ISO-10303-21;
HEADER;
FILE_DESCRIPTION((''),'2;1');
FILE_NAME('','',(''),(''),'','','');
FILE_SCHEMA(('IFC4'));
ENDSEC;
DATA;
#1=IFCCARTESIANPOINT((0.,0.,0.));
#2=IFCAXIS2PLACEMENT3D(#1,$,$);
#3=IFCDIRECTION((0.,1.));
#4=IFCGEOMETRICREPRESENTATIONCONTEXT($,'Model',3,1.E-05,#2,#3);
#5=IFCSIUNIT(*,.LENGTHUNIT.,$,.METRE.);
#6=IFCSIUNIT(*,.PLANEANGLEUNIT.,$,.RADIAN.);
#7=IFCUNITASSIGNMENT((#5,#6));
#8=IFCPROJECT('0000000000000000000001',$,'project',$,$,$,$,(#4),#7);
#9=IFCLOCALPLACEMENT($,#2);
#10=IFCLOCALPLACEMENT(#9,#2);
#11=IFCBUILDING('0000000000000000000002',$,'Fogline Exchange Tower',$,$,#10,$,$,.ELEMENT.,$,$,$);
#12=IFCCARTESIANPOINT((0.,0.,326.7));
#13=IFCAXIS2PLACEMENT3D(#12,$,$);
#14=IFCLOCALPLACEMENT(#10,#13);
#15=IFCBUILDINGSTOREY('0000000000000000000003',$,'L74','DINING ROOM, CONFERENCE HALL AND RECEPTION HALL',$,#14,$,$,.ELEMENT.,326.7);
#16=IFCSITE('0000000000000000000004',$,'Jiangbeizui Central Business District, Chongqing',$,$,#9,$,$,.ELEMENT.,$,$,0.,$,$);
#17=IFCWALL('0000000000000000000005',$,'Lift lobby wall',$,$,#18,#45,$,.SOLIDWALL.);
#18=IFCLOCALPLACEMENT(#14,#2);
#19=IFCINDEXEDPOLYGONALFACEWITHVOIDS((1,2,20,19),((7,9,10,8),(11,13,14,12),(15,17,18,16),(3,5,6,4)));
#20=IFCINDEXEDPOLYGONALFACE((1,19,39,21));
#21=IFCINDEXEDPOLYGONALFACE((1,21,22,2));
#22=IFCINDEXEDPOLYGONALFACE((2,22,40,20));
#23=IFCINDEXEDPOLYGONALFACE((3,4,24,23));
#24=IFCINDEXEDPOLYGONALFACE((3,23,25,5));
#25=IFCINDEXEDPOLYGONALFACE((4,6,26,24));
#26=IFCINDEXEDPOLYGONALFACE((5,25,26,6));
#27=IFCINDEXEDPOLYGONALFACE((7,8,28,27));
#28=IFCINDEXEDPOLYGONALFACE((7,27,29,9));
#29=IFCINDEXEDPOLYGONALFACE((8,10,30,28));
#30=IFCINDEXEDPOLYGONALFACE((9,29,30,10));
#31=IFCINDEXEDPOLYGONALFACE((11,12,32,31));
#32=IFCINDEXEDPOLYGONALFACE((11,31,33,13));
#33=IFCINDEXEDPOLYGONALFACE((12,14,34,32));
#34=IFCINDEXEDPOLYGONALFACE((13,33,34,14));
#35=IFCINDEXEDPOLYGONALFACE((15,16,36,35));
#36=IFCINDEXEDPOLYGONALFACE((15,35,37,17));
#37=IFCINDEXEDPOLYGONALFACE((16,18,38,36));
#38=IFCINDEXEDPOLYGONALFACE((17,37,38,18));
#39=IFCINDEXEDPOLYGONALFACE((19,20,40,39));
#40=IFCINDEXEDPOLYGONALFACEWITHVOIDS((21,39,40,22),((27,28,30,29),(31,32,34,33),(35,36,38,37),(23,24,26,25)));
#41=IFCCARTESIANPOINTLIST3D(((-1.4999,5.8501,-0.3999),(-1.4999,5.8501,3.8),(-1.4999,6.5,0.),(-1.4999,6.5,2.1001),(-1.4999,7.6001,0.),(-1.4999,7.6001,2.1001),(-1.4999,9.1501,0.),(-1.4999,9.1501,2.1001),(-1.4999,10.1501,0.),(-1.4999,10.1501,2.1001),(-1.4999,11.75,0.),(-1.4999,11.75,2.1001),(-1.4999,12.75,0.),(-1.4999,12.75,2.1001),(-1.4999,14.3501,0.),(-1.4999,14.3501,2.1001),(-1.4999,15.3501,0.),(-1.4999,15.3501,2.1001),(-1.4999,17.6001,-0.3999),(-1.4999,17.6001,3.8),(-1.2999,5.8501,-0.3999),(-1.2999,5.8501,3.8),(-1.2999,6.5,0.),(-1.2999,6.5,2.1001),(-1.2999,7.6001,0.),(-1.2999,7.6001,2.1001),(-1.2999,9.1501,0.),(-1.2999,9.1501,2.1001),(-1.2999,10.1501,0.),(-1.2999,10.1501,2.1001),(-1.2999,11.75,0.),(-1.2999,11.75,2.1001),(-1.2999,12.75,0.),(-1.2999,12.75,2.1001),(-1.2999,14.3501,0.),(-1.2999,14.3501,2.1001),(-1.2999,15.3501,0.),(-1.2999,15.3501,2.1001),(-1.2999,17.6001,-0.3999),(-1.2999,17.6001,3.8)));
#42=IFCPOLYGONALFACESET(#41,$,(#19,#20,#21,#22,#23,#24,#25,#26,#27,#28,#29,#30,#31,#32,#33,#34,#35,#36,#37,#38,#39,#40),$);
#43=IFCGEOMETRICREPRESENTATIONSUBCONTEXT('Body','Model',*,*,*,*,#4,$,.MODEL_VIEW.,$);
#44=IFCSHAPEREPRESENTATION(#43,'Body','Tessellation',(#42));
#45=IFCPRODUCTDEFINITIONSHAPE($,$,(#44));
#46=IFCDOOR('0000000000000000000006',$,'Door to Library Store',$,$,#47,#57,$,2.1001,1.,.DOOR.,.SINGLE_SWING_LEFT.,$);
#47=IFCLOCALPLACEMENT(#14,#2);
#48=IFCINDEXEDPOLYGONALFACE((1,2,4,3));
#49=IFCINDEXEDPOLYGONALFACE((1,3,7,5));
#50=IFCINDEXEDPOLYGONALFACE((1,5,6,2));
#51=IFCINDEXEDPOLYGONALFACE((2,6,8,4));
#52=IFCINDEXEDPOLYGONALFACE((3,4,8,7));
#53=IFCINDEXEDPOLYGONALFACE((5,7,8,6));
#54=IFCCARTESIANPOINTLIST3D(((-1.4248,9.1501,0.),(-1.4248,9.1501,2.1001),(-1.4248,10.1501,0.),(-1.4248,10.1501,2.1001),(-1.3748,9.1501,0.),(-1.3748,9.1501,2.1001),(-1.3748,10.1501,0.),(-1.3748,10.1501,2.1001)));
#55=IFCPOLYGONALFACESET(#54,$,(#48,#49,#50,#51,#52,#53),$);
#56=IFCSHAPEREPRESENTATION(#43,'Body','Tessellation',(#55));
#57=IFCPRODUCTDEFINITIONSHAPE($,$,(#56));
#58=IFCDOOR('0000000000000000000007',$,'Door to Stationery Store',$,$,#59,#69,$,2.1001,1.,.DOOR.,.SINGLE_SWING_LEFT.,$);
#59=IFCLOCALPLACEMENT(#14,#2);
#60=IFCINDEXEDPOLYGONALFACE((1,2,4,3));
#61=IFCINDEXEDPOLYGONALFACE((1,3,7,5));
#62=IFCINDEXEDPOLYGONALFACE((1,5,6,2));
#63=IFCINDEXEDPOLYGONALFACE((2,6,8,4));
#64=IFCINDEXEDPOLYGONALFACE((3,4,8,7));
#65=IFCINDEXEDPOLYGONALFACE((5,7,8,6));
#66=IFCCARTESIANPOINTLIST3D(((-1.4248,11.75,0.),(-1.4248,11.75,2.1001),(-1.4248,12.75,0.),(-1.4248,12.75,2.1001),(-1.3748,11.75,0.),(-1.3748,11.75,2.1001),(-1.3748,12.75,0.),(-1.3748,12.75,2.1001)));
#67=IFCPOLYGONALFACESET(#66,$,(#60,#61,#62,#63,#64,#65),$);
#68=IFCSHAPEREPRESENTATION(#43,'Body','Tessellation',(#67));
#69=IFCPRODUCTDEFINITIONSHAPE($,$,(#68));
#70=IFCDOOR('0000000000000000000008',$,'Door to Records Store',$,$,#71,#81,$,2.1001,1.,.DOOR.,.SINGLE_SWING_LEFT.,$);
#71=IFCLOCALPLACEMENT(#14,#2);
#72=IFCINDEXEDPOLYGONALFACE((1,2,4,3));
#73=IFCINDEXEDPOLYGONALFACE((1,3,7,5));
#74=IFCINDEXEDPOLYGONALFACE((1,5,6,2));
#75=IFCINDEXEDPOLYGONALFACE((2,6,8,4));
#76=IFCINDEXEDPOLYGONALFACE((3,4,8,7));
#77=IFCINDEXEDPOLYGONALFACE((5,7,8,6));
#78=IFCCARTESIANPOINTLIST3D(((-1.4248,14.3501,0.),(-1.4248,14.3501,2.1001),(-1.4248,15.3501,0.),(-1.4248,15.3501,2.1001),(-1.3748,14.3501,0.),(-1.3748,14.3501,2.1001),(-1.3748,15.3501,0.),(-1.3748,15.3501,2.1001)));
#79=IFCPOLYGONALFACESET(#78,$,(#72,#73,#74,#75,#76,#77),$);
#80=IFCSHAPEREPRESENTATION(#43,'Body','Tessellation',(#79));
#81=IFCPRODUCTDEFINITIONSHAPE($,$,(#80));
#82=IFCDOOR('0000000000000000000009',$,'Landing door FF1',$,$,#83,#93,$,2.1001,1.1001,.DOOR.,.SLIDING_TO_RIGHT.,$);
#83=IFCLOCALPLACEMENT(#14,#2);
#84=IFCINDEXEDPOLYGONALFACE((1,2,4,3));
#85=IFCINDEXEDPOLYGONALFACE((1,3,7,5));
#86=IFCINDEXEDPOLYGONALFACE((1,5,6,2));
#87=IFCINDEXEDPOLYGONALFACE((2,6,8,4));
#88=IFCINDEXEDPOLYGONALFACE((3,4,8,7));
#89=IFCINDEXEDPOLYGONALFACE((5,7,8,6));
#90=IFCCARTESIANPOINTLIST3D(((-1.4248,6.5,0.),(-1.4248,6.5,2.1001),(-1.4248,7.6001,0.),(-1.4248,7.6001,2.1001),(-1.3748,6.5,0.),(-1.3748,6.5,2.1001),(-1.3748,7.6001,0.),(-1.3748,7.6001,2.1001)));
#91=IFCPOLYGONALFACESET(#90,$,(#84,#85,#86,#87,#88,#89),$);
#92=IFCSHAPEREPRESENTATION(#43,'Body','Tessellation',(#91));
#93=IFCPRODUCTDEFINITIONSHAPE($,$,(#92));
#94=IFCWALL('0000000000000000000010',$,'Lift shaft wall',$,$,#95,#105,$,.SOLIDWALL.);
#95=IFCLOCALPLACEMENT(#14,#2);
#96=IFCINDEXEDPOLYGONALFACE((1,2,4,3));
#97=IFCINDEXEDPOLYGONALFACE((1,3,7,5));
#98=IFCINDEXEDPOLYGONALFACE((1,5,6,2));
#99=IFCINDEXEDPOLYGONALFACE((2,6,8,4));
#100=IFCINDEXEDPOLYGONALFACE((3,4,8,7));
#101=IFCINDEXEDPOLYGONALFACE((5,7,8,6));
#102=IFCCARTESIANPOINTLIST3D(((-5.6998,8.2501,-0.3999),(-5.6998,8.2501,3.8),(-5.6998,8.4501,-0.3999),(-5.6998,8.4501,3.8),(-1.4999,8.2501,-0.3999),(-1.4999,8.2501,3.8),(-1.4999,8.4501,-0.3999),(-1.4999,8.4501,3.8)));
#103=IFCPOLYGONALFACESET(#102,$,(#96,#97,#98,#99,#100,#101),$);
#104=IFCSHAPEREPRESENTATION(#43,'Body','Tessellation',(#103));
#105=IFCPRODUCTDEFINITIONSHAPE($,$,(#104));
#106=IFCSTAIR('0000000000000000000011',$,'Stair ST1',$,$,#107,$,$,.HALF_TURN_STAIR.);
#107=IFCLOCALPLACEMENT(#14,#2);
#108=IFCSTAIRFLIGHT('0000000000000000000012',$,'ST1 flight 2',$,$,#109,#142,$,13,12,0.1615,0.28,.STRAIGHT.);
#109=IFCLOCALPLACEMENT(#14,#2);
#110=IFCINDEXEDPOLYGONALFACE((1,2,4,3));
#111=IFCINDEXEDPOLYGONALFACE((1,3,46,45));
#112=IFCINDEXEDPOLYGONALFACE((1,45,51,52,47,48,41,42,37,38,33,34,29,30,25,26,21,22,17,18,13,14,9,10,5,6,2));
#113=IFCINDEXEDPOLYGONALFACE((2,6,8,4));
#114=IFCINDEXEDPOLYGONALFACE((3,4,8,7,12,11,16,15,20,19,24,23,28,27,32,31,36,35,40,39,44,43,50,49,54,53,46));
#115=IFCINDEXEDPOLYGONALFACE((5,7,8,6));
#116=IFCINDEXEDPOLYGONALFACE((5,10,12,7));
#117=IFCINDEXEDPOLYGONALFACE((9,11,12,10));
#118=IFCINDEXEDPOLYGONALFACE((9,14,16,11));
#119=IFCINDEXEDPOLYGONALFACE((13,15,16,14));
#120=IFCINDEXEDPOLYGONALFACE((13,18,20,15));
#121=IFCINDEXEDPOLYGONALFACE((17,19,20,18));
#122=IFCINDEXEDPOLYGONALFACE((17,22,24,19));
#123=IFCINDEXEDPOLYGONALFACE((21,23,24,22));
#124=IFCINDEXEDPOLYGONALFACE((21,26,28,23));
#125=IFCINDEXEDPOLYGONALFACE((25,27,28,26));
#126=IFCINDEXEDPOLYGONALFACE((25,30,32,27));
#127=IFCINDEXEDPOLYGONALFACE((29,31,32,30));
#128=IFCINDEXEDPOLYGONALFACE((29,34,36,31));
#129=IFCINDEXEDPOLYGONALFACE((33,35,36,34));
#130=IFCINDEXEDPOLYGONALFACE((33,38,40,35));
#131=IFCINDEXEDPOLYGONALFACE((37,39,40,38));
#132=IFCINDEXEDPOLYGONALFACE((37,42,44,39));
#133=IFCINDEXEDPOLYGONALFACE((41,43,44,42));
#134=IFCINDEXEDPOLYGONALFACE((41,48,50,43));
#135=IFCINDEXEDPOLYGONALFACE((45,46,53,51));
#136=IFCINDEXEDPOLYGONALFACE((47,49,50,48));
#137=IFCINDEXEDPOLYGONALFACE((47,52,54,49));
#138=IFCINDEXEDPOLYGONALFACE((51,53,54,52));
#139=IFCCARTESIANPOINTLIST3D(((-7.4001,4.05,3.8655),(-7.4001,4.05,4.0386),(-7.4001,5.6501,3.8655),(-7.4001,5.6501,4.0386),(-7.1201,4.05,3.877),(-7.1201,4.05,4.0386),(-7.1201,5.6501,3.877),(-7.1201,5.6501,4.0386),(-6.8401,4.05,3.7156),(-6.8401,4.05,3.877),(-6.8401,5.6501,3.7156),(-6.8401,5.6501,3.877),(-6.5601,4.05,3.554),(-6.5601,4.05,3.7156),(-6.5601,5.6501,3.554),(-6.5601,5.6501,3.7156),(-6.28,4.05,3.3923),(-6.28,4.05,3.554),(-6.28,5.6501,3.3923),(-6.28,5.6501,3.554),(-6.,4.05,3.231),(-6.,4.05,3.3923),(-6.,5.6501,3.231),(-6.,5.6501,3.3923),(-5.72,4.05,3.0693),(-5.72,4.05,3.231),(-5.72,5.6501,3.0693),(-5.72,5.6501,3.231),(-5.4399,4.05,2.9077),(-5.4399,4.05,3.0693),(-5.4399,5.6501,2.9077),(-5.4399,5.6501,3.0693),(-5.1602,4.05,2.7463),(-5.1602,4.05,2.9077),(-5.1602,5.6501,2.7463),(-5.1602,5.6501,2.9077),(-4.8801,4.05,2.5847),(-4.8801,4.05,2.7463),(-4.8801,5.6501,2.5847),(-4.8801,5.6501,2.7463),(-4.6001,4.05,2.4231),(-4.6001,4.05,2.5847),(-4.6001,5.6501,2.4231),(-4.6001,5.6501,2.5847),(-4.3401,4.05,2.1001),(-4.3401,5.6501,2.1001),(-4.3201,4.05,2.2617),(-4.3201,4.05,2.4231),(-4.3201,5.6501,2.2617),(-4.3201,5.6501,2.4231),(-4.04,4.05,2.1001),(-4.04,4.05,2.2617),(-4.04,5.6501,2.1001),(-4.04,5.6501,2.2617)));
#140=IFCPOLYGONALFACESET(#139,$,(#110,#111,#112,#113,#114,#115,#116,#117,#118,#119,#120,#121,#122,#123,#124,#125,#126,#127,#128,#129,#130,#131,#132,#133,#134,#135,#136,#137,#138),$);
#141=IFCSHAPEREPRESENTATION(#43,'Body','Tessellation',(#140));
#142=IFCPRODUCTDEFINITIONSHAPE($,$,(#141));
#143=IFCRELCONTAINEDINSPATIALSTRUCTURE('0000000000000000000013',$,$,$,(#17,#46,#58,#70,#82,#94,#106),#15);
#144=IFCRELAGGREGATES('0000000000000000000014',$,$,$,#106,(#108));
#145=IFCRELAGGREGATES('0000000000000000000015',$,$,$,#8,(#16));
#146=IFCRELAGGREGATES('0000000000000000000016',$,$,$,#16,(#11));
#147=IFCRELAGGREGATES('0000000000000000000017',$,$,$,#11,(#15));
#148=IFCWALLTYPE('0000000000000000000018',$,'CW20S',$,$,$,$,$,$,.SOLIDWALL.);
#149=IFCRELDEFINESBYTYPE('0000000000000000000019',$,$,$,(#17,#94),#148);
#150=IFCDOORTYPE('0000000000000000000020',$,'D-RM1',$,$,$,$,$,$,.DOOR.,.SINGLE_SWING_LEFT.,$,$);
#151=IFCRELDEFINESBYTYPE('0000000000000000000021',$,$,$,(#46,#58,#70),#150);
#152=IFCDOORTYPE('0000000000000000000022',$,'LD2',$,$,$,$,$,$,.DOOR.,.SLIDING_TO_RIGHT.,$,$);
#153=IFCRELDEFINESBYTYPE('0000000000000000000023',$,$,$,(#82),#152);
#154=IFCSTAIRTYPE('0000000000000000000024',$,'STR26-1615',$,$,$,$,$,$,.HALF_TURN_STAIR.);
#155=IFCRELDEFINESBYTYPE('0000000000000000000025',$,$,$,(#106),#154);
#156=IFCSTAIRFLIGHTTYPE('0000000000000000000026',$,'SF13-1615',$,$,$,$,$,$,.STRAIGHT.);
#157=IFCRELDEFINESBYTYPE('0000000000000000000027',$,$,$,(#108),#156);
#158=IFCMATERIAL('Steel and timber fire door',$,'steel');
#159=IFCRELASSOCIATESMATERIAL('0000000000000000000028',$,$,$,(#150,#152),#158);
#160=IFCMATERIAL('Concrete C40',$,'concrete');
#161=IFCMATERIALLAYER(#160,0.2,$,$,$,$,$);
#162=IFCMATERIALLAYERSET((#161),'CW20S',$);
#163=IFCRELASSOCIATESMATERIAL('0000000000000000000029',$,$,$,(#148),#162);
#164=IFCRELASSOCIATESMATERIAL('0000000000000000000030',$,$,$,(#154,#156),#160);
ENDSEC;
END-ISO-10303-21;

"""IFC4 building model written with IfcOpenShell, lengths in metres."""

from ifc_helpers import new_model, si_unit, direction, frame, frame_2d, origin, place, context, subcontext, project, spatial, polyline, rectangle, outline, extrude, material, layer, layer_set, type_object, element, fill, aggregate, save


model = new_model("IFC4")

# Units and contexts
model_context = context("Model", 3, precision=1e-05, world=origin(), true_north=direction((0.0, 1.0)))
body_context = subcontext(model_context, "Body", "Model", "MODEL_VIEW")
ifc_project = project(units=[si_unit("LENGTHUNIT", "METRE"), si_unit("PLANEANGLEUNIT", "RADIAN")], contexts=[model_context])

# Site, building, storey
site_placement = place(None, origin())
site = spatial("IfcSite", under=ifc_project, at=site_placement, Name="Jiangbeizui Central Business District, Chongqing", CompositionType="ELEMENT", RefElevation=0.0)
building_placement = place(site_placement, origin())
building = spatial("IfcBuilding", under=site, at=building_placement, Name="Fogline Exchange Tower", CompositionType="ELEMENT")
storey_placement = place(building_placement, frame((0.0, 0.0, 326.7)))
storey = spatial("IfcBuildingStorey", under=building, at=storey_placement, Name="L74", Description="DINING ROOM, CONFERENCE HALL AND RECEPTION HALL", CompositionType="ELEMENT", Elevation=326.7)

# Shared definitions
ifc_material_1 = material(Name="Steel and timber fire door", Category="steel")

# Shared definitions
ifc_material_2 = material(Name="Concrete C40", Category="concrete")

# Shared definitions
door_type_1 = type_object("IfcDoorType", Name="D-RM1", OperationType="SINGLE_SWING_LEFT", PredefinedType="DOOR", material=ifc_material_1)

# Shared definitions
ifc_layer_1 = layer(ifc_material_2, 0.2)
ifc_layer_set_1 = layer_set([ifc_layer_1], Name="CW20S")
wall_type_1 = type_object("IfcWallType", Name="CW20S", PredefinedType="SOLIDWALL", material=ifc_layer_set_1)

# Wall, openings, doors
wall_1_placement = place(storey_placement, frame((-1.3999, 5.8501, -0.3999), z_axis=(0.0, 0.0, 1.0), x_axis=(0.0, 1.0, 0.0)))
wall_1 = element("IfcWall", 1, at=wall_1_placement, inside=storey, type_object=wall_type_1, Name="Lift lobby wall", PredefinedType="SOLIDWALL", context=body_context, shape_type="SweptSolid", body=[
    extrude(rectangle(XDim=11.75, YDim=0.2, at=frame_2d((5.875, 0.0))), origin(), (0.0, 0.0, 1.0), 4.2),
])
opening_1_placement = place(wall_1_placement, frame((0.6499, 0.0, 0.3999)))
opening_1 = element("IfcOpeningElement", 2, at=opening_1_placement, cuts=wall_1, PredefinedType="OPENING", context=body_context, shape_type="SweptSolid", body=[
    extrude(rectangle(XDim=1.1001, YDim=2.1001, at=frame_2d((0.55, 1.05))), frame((0.0, 0.1099, 0.0), z_axis=(0.0, -1.0, 0.0), x_axis=(1.0, 0.0, 0.0)), (0.0, 0.0, 1.0), 0.22),
])
opening_2_placement = place(wall_1_placement, frame((3.3, 0.0, 0.3999)))
opening_2 = element("IfcOpeningElement", 3, at=opening_2_placement, cuts=wall_1, PredefinedType="OPENING", context=body_context, shape_type="SweptSolid", body=[
    extrude(rectangle(XDim=1.0, YDim=2.1001, at=frame_2d((0.5, 1.05))), frame((0.0, 0.1099, 0.0), z_axis=(0.0, -1.0, 0.0), x_axis=(1.0, 0.0, 0.0)), (0.0, 0.0, 1.0), 0.22),
])
opening_3_placement = place(wall_1_placement, frame((5.8999, 0.0, 0.3999)))
opening_3 = element("IfcOpeningElement", 4, at=opening_3_placement, cuts=wall_1, PredefinedType="OPENING", context=body_context, shape_type="SweptSolid", body=[
    extrude(rectangle(XDim=1.0, YDim=2.1001, at=frame_2d((0.5, 1.05))), frame((0.0, 0.1099, 0.0), z_axis=(0.0, -1.0, 0.0), x_axis=(1.0, 0.0, 0.0)), (0.0, 0.0, 1.0), 0.22),
])
opening_4_placement = place(wall_1_placement, frame((8.5, 0.0, 0.3999)))
opening_4 = element("IfcOpeningElement", 5, at=opening_4_placement, cuts=wall_1, PredefinedType="OPENING", context=body_context, shape_type="SweptSolid", body=[
    extrude(rectangle(XDim=1.0, YDim=2.1001, at=frame_2d((0.5, 1.05))), frame((0.0, 0.1099, 0.0), z_axis=(0.0, -1.0, 0.0), x_axis=(1.0, 0.0, 0.0)), (0.0, 0.0, 1.0), 0.22),
])
door_1_placement = place(opening_2_placement, origin())
door_1 = element("IfcDoor", 6, at=door_1_placement, inside=storey, type_object=door_type_1, Name="Door to Library Store", OperationType="SINGLE_SWING_LEFT", OverallHeight=2.1001, OverallWidth=1.0, PredefinedType="DOOR", context=body_context, shape_type="SweptSolid", body=[
    extrude(rectangle(XDim=1.0, YDim=2.1001, at=frame_2d((0.5, 1.05))), frame((0.0, 0.0249, 0.0), z_axis=(0.0, -1.0, 0.0), x_axis=(1.0, 0.0, 0.0)), (0.0, 0.0, 1.0), 0.05),
])
fill(opening_2, door_1)
door_2_placement = place(opening_3_placement, origin())
door_2 = element("IfcDoor", 7, at=door_2_placement, inside=storey, type_object=door_type_1, Name="Door to Stationery Store", OperationType="SINGLE_SWING_LEFT", OverallHeight=2.1001, OverallWidth=1.0, PredefinedType="DOOR", context=body_context, shape_type="SweptSolid", body=[
    extrude(rectangle(XDim=1.0, YDim=2.1001, at=frame_2d((0.5, 1.05))), frame((0.0, 0.0249, 0.0), z_axis=(0.0, -1.0, 0.0), x_axis=(1.0, 0.0, 0.0)), (0.0, 0.0, 1.0), 0.05),
])
fill(opening_3, door_2)
door_3_placement = place(opening_4_placement, origin())
door_3 = element("IfcDoor", 8, at=door_3_placement, inside=storey, type_object=door_type_1, Name="Door to Records Store", OperationType="SINGLE_SWING_LEFT", OverallHeight=2.1001, OverallWidth=1.0, PredefinedType="DOOR", context=body_context, shape_type="SweptSolid", body=[
    extrude(rectangle(XDim=1.0, YDim=2.1001, at=frame_2d((0.5, 1.05))), frame((0.0, 0.0249, 0.0), z_axis=(0.0, -1.0, 0.0), x_axis=(1.0, 0.0, 0.0)), (0.0, 0.0, 1.0), 0.05),
])
fill(opening_4, door_3)
door_type_2 = type_object("IfcDoorType", Name="LD2", OperationType="SLIDING_TO_RIGHT", PredefinedType="DOOR", material=ifc_material_1)
door_4_placement = place(opening_1_placement, origin())
door_4 = element("IfcDoor", 9, at=door_4_placement, inside=storey, type_object=door_type_2, Name="Landing door FF1", OperationType="SLIDING_TO_RIGHT", OverallHeight=2.1001, OverallWidth=1.1001, PredefinedType="DOOR", context=body_context, shape_type="SweptSolid", body=[
    extrude(rectangle(XDim=1.1001, YDim=2.1001, at=frame_2d((0.55, 1.05))), frame((0.0, 0.0249, 0.0), z_axis=(0.0, -1.0, 0.0), x_axis=(1.0, 0.0, 0.0)), (0.0, 0.0, 1.0), 0.05),
])
fill(opening_1, door_4)

# Wall
wall_2_placement = place(storey_placement, frame((-5.7, 8.3501, -0.3999), z_axis=(0.0, 0.0, 1.0), x_axis=(1.0, 0.0, 0.0)))
element("IfcWall", 10, at=wall_2_placement, inside=storey, type_object=wall_type_1, Name="Lift shaft wall", PredefinedType="SOLIDWALL", context=body_context, shape_type="SweptSolid", body=[
    extrude(rectangle(XDim=4.2, YDim=0.2, at=frame_2d((2.1001, 0.0))), origin(), (0.0, 0.0, 1.0), 4.2),
])

# Stair, stair flight
stair_type = type_object("IfcStairType", Name="STR26-1615", PredefinedType="HALF_TURN_STAIR", material=ifc_material_2)
stair_placement = place(storey_placement, origin())
stair = element("IfcStair", 11, at=stair_placement, inside=storey, type_object=stair_type, Name="Stair ST1", PredefinedType="HALF_TURN_STAIR")
stair_flight_type = type_object("IfcStairFlightType", Name="SF13-1615", PredefinedType="STRAIGHT", material=ifc_material_2)
stair_flight_placement = place(storey_placement, frame((-4.04, 4.8501, 2.1001), z_axis=(0.0, 0.0, 1.0), x_axis=(-1.0, 0.0, 0.0)))
stair_flight = element("IfcStairFlight", 12, at=stair_flight_placement, type_object=stair_flight_type, Name="ST1 flight 2", NumberOfRisers=13, NumberOfTreads=12, PredefinedType="STRAIGHT", RiserHeight=0.1615, TreadLength=0.28, context=body_context, shape_type="SweptSolid", body=[
    extrude(outline(polyline([(0.0, 0.0), (0.0, 0.1616), (0.28, 0.1616), (0.28, 0.323), (0.5601, 0.323), (0.5601, 0.4846), (0.8401, 0.4846), (0.8401, 0.6462), (1.1201, 0.6462), (1.1201, 0.8076), (1.3999, 0.8076), (1.3999, 0.9692), (1.6799, 0.9692), (1.6799, 1.1309), (1.96, 1.1309), (1.96, 1.2922), (2.24, 1.2922), (2.24, 1.4539), (2.52, 1.4539), (2.52, 1.6155), (2.8, 1.6155), (2.8, 1.7769), (3.0801, 1.7769), (3.0801, 1.9385), (3.3601, 1.9385), (3.3601, 2.1001), (3.3601, 1.7654), (0.3, 0.0), (0.0, 0.0)])), frame((0.0, 0.8, 0.0), z_axis=(0.0, -1.0, 0.0), x_axis=(1.0, 0.0, 0.0)), (0.0, 0.0, 1.0), 1.6001),
])
aggregate(stair, [stair_flight])

save(model, "model.ifc")
